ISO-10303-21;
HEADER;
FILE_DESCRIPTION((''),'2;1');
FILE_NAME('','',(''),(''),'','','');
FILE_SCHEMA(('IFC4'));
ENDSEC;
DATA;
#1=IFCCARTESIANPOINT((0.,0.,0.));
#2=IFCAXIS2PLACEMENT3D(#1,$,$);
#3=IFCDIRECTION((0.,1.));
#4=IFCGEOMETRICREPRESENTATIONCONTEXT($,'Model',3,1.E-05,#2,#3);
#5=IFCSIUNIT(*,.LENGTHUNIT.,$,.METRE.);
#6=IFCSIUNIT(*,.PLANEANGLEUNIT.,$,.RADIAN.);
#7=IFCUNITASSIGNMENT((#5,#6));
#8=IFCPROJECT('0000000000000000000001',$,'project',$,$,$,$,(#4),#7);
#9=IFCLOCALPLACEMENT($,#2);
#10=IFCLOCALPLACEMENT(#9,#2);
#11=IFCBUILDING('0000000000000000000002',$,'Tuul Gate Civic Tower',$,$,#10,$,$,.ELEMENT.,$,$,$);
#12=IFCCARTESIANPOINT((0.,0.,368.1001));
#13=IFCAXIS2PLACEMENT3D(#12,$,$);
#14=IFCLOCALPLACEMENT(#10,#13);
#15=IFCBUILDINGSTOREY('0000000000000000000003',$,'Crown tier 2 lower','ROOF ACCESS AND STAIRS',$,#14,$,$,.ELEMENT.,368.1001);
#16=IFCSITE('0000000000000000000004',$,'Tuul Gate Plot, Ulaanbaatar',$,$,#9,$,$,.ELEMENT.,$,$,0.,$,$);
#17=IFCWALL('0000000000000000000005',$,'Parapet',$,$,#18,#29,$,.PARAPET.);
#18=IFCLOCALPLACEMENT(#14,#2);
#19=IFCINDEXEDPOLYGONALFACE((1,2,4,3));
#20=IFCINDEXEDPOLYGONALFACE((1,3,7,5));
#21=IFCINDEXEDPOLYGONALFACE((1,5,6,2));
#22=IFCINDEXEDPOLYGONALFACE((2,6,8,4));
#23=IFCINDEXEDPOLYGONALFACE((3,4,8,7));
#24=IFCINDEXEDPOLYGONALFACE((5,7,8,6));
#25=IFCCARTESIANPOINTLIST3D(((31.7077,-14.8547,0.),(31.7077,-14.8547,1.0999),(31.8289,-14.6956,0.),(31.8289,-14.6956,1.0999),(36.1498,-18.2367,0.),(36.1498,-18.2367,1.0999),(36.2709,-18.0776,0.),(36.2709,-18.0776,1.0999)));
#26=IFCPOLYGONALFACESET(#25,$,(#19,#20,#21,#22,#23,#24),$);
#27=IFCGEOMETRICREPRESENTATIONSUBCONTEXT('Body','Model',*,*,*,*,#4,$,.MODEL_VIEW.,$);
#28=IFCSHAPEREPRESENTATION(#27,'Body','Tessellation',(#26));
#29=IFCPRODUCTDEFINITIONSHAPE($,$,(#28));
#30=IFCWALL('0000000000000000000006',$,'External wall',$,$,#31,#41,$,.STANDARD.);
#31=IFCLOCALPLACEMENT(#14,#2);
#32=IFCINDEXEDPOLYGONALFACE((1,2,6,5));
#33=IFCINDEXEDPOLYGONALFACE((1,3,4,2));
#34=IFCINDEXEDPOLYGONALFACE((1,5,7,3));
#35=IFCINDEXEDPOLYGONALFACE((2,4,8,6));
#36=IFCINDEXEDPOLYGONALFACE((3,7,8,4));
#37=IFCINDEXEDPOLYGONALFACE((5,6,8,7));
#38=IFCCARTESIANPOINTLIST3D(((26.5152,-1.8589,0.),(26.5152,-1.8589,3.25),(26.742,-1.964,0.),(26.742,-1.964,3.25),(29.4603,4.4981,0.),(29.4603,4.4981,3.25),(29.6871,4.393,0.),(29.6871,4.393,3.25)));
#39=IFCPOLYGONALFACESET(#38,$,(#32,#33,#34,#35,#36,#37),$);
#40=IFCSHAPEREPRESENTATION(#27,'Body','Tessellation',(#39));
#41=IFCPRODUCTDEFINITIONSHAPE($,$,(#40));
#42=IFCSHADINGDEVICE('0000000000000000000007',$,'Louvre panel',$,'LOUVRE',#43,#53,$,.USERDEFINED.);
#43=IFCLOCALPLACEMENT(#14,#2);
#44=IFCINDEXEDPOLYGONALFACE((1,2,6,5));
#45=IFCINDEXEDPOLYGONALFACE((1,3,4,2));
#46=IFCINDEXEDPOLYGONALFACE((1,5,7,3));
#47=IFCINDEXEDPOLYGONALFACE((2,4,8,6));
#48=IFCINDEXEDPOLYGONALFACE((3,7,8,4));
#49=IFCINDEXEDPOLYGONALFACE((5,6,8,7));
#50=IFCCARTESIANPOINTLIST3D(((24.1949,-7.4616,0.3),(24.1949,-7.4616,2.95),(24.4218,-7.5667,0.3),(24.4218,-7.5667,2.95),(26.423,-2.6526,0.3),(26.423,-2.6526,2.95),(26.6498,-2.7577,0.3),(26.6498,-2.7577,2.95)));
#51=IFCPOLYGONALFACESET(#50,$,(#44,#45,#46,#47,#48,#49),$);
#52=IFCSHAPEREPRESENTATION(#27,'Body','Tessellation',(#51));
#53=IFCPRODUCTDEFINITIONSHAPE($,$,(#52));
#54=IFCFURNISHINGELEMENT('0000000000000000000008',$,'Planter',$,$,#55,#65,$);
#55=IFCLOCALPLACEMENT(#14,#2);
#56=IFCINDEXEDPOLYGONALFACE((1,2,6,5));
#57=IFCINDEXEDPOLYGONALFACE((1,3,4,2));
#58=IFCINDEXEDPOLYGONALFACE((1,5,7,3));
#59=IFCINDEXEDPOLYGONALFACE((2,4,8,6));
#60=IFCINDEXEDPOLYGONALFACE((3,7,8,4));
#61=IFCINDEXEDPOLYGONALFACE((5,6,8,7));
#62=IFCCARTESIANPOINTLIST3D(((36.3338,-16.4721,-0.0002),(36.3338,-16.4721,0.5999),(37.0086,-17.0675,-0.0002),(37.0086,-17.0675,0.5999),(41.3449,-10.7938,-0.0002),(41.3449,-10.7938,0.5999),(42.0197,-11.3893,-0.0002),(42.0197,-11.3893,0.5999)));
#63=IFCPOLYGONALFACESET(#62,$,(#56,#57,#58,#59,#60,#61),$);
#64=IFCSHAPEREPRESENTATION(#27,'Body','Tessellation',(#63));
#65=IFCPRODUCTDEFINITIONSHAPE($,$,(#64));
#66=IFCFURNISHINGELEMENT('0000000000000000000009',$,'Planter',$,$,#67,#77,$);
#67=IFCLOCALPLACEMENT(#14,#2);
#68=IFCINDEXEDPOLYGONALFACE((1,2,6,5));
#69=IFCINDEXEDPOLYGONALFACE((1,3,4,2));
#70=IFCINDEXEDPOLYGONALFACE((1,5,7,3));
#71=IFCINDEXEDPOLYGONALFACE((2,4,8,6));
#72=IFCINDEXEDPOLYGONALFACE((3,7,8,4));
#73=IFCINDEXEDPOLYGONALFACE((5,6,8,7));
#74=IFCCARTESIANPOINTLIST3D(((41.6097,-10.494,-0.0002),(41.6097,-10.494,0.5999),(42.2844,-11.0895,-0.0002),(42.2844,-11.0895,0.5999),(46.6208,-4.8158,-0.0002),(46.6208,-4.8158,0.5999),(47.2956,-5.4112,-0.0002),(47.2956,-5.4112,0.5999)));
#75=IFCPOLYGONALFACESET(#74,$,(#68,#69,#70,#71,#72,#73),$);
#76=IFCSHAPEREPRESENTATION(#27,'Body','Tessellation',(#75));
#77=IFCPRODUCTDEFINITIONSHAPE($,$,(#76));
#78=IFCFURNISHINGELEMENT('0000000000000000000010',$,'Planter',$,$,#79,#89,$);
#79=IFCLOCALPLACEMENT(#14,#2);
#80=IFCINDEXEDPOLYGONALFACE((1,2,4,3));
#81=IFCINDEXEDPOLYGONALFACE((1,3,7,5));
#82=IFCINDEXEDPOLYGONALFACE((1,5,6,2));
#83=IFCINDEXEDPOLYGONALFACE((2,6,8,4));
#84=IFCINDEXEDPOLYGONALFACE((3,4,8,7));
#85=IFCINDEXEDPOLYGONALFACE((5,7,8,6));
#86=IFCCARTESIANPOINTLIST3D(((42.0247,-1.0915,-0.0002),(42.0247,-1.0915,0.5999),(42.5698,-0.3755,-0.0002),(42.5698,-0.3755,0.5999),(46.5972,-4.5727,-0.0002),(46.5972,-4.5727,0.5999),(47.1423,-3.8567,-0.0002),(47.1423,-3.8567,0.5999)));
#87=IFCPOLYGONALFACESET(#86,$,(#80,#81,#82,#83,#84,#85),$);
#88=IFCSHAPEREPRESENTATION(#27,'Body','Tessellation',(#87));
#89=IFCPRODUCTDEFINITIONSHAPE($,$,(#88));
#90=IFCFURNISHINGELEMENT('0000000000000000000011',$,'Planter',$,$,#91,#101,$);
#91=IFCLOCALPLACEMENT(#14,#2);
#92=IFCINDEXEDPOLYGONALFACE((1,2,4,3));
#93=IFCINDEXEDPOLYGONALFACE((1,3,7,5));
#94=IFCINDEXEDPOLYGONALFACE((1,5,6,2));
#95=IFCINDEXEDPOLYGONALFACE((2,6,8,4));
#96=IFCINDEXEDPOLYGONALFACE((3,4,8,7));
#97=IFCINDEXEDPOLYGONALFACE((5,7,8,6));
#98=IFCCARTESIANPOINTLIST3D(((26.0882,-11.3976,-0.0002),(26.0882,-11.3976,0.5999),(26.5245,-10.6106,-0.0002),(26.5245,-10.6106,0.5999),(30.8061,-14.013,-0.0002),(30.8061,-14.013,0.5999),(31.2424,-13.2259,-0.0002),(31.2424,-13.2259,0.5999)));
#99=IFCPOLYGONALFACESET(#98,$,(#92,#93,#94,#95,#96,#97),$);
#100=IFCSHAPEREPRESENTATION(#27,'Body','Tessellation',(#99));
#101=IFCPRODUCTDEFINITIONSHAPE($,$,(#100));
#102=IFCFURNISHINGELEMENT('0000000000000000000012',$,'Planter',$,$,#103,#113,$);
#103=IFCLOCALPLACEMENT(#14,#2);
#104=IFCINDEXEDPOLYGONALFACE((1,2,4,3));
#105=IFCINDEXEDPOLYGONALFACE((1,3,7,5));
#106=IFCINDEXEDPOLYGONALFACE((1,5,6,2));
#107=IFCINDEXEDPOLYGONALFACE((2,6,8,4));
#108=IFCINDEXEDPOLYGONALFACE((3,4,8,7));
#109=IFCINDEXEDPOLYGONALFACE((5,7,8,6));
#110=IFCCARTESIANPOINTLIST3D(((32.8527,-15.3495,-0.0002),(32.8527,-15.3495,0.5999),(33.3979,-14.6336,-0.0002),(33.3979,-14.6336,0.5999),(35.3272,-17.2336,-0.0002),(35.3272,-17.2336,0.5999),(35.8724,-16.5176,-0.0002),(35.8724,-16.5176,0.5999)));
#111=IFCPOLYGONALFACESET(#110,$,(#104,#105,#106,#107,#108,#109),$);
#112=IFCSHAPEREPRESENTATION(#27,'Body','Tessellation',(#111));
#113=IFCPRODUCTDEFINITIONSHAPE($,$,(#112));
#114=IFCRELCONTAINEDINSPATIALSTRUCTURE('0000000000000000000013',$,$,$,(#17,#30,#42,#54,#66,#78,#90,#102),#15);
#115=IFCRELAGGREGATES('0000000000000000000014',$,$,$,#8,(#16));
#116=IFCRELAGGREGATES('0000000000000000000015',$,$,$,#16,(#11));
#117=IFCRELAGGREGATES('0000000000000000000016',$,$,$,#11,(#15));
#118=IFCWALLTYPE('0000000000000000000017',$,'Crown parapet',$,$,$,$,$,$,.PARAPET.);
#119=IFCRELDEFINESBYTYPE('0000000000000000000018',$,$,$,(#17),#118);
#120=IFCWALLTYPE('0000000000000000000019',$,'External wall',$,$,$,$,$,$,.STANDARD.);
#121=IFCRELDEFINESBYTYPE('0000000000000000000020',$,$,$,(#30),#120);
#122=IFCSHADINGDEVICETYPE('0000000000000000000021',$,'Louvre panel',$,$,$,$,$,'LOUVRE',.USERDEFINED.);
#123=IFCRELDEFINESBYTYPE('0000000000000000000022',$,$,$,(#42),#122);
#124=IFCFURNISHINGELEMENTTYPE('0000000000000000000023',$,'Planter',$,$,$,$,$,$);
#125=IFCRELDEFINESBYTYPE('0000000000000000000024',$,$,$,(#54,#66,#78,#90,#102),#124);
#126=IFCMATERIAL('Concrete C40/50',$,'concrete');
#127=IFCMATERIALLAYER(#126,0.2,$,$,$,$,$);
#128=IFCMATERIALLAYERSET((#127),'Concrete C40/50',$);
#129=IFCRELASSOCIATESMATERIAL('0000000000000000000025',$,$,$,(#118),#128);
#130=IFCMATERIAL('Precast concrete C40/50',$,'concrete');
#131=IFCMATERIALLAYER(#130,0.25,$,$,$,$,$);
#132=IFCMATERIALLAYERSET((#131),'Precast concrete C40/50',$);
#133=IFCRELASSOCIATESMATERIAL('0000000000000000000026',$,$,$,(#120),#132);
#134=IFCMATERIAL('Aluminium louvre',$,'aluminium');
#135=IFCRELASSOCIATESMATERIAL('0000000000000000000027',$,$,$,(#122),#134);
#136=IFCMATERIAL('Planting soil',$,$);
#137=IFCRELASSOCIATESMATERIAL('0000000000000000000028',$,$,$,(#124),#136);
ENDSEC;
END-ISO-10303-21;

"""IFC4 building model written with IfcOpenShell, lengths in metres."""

from ifc_helpers import new_model, si_unit, direction, frame, frame_2d, origin, origin_2d, place, context, subcontext, project, spatial, rectangle, extrude, material, layer, layer_set, type_object, element, save


model = new_model("IFC4")

# Units and contexts
model_context = context("Model", 3, precision=1e-05, world=origin(), true_north=direction((0.0, 1.0)))
body_context = subcontext(model_context, "Body", "Model", "MODEL_VIEW")
ifc_project = project(units=[si_unit("LENGTHUNIT", "METRE"), si_unit("PLANEANGLEUNIT", "RADIAN")], contexts=[model_context])

# Site, building, storey
site_placement = place(None, origin())
site = spatial("IfcSite", under=ifc_project, at=site_placement, Name="Tuul Gate Plot, Ulaanbaatar", CompositionType="ELEMENT", RefElevation=0.0)
building_placement = place(site_placement, origin())
building = spatial("IfcBuilding", under=site, at=building_placement, Name="Tuul Gate Civic Tower", CompositionType="ELEMENT")
storey_placement = place(building_placement, frame((0.0, 0.0, 368.1001)))
storey = spatial("IfcBuildingStorey", under=building, at=storey_placement, Name="Crown tier 2 lower", Description="ROOF ACCESS AND STAIRS", CompositionType="ELEMENT", Elevation=368.1001)

# Walls
ifc_material_1 = material(Name="Concrete C40/50", Category="concrete")
ifc_layer_1 = layer(ifc_material_1, 0.2)
ifc_layer_set_1 = layer_set([ifc_layer_1], Name="Concrete C40/50")
wall_type_1 = type_object("IfcWallType", Name="Crown parapet", PredefinedType="PARAPET", material=ifc_layer_set_1)
wall_1_placement = place(storey_placement, frame((31.7683, -14.7751, 0.0), z_axis=(0.0, 0.0, 1.0), x_axis=(0.795639, -0.60577, 0.0)))
element("IfcWall", 1, at=wall_1_placement, inside=storey, type_object=wall_type_1, Name="Parapet", PredefinedType="PARAPET", context=body_context, shape_type="SweptSolid", body=[
    extrude(rectangle(XDim=5.583, YDim=0.2, at=frame_2d((2.7915, 0.0))), origin(), (0.0, 0.0, 1.0), 1.0999),
])
ifc_material_2 = material(Name="Precast concrete C40/50", Category="concrete")
ifc_layer_2 = layer(ifc_material_2, 0.25)
ifc_layer_set_2 = layer_set([ifc_layer_2], Name="Precast concrete C40/50")
wall_type_2 = type_object("IfcWallType", Name="External wall", PredefinedType="STANDARD", material=ifc_layer_set_2)
wall_2_placement = place(storey_placement, frame((26.6287, -1.9114, 0.0), z_axis=(0.0, 0.0, 1.0), x_axis=(0.420364, 0.907356, 0.0)))
element("IfcWall", 2, at=wall_2_placement, inside=storey, type_object=wall_type_2, Name="External wall", PredefinedType="STANDARD", context=body_context, shape_type="SweptSolid", body=[
    extrude(rectangle(XDim=7.0061, YDim=0.25, at=frame_2d((3.5029, 0.0))), origin(), (0.0, 0.0, 1.0), 3.25),
])

# Shading device
ifc_material_3 = material(Name="Aluminium louvre", Category="aluminium")
shading_device_type = type_object("IfcShadingDeviceType", Name="Louvre panel", ElementType="LOUVRE", PredefinedType="USERDEFINED", material=ifc_material_3)
shading_device_placement = place(storey_placement, frame((25.4224, -5.1096, 0.3), z_axis=(0.0, 0.0, 1.0), x_axis=(0.907349, -0.420379, 0.0)))
element("IfcShadingDevice", 3, at=shading_device_placement, inside=storey, type_object=shading_device_type, Name="Louvre panel", ObjectType="LOUVRE", PredefinedType="USERDEFINED", context=body_context, shape_type="SweptSolid", body=[
    extrude(rectangle(XDim=0.25, YDim=5.3, at=origin_2d()), origin(), (0.0, 0.0, 1.0), 2.6499),
])

# Furnishing elements
ifc_material_4 = material(Name="Planting soil")
furnishing_element_type = type_object("IfcFurnishingElementType", Name="Planter", material=ifc_material_4)
for number, where, z_axis, x_axis, name in (
    (4, (39.1768, -13.9307, -0.0002), (0.0, 0.0, 1.0), (0.661686, 0.749781, 0.0), "Planter"),
    (5, (44.4526, -7.9526, -0.0002), (0.0, 0.0, 1.0), (0.661686, 0.749781, 0.0), "Planter"),
):
    element("IfcFurnishingElement", number, at=place(storey_placement, frame(where, z_axis=z_axis, x_axis=x_axis)), inside=storey, type_object=furnishing_element_type, Name=name, context=body_context, shape_type="SweptSolid", body=[
        extrude(rectangle(XDim=7.5732, YDim=0.8999, at=origin_2d()), origin(), (0.0, 0.0, 1.0), 0.6001),
    ])
furnishing_1_placement = place(storey_placement, frame((44.5835, -2.4741, -0.0002), z_axis=(0.0, 0.0, 1.0), x_axis=(-0.795649, 0.605758, 0.0)))
element("IfcFurnishingElement", 6, at=furnishing_1_placement, inside=storey, type_object=furnishing_element_type, Name="Planter", context=body_context, shape_type="SweptSolid", body=[
    extrude(rectangle(XDim=5.7468, YDim=0.8999, at=origin_2d()), origin(), (0.0, 0.0, 1.0), 0.6001),
])
furnishing_2_placement = place(storey_placement, frame((28.6653, -12.3118, -0.0002), z_axis=(0.0, 0.0, 1.0), x_axis=(0.874605, -0.484837, 0.0)))
element("IfcFurnishingElement", 7, at=furnishing_2_placement, inside=storey, type_object=furnishing_element_type, Name="Planter", context=body_context, shape_type="SweptSolid", body=[
    extrude(rectangle(XDim=5.3943, YDim=0.8999, at=origin_2d()), origin(), (0.0, 0.0, 1.0), 0.6001),
])
furnishing_3_placement = place(storey_placement, frame((34.3625, -15.9336, -0.0002), z_axis=(0.0, 0.0, 1.0), x_axis=(0.795623, -0.605792, 0.0)))
element("IfcFurnishingElement", 8, at=furnishing_3_placement, inside=storey, type_object=furnishing_element_type, Name="Planter", context=body_context, shape_type="SweptSolid", body=[
    extrude(rectangle(XDim=3.1101, YDim=0.8999, at=origin_2d()), origin(), (0.0, 0.0, 1.0), 0.6001),
])

save(model, "model.ifc")
